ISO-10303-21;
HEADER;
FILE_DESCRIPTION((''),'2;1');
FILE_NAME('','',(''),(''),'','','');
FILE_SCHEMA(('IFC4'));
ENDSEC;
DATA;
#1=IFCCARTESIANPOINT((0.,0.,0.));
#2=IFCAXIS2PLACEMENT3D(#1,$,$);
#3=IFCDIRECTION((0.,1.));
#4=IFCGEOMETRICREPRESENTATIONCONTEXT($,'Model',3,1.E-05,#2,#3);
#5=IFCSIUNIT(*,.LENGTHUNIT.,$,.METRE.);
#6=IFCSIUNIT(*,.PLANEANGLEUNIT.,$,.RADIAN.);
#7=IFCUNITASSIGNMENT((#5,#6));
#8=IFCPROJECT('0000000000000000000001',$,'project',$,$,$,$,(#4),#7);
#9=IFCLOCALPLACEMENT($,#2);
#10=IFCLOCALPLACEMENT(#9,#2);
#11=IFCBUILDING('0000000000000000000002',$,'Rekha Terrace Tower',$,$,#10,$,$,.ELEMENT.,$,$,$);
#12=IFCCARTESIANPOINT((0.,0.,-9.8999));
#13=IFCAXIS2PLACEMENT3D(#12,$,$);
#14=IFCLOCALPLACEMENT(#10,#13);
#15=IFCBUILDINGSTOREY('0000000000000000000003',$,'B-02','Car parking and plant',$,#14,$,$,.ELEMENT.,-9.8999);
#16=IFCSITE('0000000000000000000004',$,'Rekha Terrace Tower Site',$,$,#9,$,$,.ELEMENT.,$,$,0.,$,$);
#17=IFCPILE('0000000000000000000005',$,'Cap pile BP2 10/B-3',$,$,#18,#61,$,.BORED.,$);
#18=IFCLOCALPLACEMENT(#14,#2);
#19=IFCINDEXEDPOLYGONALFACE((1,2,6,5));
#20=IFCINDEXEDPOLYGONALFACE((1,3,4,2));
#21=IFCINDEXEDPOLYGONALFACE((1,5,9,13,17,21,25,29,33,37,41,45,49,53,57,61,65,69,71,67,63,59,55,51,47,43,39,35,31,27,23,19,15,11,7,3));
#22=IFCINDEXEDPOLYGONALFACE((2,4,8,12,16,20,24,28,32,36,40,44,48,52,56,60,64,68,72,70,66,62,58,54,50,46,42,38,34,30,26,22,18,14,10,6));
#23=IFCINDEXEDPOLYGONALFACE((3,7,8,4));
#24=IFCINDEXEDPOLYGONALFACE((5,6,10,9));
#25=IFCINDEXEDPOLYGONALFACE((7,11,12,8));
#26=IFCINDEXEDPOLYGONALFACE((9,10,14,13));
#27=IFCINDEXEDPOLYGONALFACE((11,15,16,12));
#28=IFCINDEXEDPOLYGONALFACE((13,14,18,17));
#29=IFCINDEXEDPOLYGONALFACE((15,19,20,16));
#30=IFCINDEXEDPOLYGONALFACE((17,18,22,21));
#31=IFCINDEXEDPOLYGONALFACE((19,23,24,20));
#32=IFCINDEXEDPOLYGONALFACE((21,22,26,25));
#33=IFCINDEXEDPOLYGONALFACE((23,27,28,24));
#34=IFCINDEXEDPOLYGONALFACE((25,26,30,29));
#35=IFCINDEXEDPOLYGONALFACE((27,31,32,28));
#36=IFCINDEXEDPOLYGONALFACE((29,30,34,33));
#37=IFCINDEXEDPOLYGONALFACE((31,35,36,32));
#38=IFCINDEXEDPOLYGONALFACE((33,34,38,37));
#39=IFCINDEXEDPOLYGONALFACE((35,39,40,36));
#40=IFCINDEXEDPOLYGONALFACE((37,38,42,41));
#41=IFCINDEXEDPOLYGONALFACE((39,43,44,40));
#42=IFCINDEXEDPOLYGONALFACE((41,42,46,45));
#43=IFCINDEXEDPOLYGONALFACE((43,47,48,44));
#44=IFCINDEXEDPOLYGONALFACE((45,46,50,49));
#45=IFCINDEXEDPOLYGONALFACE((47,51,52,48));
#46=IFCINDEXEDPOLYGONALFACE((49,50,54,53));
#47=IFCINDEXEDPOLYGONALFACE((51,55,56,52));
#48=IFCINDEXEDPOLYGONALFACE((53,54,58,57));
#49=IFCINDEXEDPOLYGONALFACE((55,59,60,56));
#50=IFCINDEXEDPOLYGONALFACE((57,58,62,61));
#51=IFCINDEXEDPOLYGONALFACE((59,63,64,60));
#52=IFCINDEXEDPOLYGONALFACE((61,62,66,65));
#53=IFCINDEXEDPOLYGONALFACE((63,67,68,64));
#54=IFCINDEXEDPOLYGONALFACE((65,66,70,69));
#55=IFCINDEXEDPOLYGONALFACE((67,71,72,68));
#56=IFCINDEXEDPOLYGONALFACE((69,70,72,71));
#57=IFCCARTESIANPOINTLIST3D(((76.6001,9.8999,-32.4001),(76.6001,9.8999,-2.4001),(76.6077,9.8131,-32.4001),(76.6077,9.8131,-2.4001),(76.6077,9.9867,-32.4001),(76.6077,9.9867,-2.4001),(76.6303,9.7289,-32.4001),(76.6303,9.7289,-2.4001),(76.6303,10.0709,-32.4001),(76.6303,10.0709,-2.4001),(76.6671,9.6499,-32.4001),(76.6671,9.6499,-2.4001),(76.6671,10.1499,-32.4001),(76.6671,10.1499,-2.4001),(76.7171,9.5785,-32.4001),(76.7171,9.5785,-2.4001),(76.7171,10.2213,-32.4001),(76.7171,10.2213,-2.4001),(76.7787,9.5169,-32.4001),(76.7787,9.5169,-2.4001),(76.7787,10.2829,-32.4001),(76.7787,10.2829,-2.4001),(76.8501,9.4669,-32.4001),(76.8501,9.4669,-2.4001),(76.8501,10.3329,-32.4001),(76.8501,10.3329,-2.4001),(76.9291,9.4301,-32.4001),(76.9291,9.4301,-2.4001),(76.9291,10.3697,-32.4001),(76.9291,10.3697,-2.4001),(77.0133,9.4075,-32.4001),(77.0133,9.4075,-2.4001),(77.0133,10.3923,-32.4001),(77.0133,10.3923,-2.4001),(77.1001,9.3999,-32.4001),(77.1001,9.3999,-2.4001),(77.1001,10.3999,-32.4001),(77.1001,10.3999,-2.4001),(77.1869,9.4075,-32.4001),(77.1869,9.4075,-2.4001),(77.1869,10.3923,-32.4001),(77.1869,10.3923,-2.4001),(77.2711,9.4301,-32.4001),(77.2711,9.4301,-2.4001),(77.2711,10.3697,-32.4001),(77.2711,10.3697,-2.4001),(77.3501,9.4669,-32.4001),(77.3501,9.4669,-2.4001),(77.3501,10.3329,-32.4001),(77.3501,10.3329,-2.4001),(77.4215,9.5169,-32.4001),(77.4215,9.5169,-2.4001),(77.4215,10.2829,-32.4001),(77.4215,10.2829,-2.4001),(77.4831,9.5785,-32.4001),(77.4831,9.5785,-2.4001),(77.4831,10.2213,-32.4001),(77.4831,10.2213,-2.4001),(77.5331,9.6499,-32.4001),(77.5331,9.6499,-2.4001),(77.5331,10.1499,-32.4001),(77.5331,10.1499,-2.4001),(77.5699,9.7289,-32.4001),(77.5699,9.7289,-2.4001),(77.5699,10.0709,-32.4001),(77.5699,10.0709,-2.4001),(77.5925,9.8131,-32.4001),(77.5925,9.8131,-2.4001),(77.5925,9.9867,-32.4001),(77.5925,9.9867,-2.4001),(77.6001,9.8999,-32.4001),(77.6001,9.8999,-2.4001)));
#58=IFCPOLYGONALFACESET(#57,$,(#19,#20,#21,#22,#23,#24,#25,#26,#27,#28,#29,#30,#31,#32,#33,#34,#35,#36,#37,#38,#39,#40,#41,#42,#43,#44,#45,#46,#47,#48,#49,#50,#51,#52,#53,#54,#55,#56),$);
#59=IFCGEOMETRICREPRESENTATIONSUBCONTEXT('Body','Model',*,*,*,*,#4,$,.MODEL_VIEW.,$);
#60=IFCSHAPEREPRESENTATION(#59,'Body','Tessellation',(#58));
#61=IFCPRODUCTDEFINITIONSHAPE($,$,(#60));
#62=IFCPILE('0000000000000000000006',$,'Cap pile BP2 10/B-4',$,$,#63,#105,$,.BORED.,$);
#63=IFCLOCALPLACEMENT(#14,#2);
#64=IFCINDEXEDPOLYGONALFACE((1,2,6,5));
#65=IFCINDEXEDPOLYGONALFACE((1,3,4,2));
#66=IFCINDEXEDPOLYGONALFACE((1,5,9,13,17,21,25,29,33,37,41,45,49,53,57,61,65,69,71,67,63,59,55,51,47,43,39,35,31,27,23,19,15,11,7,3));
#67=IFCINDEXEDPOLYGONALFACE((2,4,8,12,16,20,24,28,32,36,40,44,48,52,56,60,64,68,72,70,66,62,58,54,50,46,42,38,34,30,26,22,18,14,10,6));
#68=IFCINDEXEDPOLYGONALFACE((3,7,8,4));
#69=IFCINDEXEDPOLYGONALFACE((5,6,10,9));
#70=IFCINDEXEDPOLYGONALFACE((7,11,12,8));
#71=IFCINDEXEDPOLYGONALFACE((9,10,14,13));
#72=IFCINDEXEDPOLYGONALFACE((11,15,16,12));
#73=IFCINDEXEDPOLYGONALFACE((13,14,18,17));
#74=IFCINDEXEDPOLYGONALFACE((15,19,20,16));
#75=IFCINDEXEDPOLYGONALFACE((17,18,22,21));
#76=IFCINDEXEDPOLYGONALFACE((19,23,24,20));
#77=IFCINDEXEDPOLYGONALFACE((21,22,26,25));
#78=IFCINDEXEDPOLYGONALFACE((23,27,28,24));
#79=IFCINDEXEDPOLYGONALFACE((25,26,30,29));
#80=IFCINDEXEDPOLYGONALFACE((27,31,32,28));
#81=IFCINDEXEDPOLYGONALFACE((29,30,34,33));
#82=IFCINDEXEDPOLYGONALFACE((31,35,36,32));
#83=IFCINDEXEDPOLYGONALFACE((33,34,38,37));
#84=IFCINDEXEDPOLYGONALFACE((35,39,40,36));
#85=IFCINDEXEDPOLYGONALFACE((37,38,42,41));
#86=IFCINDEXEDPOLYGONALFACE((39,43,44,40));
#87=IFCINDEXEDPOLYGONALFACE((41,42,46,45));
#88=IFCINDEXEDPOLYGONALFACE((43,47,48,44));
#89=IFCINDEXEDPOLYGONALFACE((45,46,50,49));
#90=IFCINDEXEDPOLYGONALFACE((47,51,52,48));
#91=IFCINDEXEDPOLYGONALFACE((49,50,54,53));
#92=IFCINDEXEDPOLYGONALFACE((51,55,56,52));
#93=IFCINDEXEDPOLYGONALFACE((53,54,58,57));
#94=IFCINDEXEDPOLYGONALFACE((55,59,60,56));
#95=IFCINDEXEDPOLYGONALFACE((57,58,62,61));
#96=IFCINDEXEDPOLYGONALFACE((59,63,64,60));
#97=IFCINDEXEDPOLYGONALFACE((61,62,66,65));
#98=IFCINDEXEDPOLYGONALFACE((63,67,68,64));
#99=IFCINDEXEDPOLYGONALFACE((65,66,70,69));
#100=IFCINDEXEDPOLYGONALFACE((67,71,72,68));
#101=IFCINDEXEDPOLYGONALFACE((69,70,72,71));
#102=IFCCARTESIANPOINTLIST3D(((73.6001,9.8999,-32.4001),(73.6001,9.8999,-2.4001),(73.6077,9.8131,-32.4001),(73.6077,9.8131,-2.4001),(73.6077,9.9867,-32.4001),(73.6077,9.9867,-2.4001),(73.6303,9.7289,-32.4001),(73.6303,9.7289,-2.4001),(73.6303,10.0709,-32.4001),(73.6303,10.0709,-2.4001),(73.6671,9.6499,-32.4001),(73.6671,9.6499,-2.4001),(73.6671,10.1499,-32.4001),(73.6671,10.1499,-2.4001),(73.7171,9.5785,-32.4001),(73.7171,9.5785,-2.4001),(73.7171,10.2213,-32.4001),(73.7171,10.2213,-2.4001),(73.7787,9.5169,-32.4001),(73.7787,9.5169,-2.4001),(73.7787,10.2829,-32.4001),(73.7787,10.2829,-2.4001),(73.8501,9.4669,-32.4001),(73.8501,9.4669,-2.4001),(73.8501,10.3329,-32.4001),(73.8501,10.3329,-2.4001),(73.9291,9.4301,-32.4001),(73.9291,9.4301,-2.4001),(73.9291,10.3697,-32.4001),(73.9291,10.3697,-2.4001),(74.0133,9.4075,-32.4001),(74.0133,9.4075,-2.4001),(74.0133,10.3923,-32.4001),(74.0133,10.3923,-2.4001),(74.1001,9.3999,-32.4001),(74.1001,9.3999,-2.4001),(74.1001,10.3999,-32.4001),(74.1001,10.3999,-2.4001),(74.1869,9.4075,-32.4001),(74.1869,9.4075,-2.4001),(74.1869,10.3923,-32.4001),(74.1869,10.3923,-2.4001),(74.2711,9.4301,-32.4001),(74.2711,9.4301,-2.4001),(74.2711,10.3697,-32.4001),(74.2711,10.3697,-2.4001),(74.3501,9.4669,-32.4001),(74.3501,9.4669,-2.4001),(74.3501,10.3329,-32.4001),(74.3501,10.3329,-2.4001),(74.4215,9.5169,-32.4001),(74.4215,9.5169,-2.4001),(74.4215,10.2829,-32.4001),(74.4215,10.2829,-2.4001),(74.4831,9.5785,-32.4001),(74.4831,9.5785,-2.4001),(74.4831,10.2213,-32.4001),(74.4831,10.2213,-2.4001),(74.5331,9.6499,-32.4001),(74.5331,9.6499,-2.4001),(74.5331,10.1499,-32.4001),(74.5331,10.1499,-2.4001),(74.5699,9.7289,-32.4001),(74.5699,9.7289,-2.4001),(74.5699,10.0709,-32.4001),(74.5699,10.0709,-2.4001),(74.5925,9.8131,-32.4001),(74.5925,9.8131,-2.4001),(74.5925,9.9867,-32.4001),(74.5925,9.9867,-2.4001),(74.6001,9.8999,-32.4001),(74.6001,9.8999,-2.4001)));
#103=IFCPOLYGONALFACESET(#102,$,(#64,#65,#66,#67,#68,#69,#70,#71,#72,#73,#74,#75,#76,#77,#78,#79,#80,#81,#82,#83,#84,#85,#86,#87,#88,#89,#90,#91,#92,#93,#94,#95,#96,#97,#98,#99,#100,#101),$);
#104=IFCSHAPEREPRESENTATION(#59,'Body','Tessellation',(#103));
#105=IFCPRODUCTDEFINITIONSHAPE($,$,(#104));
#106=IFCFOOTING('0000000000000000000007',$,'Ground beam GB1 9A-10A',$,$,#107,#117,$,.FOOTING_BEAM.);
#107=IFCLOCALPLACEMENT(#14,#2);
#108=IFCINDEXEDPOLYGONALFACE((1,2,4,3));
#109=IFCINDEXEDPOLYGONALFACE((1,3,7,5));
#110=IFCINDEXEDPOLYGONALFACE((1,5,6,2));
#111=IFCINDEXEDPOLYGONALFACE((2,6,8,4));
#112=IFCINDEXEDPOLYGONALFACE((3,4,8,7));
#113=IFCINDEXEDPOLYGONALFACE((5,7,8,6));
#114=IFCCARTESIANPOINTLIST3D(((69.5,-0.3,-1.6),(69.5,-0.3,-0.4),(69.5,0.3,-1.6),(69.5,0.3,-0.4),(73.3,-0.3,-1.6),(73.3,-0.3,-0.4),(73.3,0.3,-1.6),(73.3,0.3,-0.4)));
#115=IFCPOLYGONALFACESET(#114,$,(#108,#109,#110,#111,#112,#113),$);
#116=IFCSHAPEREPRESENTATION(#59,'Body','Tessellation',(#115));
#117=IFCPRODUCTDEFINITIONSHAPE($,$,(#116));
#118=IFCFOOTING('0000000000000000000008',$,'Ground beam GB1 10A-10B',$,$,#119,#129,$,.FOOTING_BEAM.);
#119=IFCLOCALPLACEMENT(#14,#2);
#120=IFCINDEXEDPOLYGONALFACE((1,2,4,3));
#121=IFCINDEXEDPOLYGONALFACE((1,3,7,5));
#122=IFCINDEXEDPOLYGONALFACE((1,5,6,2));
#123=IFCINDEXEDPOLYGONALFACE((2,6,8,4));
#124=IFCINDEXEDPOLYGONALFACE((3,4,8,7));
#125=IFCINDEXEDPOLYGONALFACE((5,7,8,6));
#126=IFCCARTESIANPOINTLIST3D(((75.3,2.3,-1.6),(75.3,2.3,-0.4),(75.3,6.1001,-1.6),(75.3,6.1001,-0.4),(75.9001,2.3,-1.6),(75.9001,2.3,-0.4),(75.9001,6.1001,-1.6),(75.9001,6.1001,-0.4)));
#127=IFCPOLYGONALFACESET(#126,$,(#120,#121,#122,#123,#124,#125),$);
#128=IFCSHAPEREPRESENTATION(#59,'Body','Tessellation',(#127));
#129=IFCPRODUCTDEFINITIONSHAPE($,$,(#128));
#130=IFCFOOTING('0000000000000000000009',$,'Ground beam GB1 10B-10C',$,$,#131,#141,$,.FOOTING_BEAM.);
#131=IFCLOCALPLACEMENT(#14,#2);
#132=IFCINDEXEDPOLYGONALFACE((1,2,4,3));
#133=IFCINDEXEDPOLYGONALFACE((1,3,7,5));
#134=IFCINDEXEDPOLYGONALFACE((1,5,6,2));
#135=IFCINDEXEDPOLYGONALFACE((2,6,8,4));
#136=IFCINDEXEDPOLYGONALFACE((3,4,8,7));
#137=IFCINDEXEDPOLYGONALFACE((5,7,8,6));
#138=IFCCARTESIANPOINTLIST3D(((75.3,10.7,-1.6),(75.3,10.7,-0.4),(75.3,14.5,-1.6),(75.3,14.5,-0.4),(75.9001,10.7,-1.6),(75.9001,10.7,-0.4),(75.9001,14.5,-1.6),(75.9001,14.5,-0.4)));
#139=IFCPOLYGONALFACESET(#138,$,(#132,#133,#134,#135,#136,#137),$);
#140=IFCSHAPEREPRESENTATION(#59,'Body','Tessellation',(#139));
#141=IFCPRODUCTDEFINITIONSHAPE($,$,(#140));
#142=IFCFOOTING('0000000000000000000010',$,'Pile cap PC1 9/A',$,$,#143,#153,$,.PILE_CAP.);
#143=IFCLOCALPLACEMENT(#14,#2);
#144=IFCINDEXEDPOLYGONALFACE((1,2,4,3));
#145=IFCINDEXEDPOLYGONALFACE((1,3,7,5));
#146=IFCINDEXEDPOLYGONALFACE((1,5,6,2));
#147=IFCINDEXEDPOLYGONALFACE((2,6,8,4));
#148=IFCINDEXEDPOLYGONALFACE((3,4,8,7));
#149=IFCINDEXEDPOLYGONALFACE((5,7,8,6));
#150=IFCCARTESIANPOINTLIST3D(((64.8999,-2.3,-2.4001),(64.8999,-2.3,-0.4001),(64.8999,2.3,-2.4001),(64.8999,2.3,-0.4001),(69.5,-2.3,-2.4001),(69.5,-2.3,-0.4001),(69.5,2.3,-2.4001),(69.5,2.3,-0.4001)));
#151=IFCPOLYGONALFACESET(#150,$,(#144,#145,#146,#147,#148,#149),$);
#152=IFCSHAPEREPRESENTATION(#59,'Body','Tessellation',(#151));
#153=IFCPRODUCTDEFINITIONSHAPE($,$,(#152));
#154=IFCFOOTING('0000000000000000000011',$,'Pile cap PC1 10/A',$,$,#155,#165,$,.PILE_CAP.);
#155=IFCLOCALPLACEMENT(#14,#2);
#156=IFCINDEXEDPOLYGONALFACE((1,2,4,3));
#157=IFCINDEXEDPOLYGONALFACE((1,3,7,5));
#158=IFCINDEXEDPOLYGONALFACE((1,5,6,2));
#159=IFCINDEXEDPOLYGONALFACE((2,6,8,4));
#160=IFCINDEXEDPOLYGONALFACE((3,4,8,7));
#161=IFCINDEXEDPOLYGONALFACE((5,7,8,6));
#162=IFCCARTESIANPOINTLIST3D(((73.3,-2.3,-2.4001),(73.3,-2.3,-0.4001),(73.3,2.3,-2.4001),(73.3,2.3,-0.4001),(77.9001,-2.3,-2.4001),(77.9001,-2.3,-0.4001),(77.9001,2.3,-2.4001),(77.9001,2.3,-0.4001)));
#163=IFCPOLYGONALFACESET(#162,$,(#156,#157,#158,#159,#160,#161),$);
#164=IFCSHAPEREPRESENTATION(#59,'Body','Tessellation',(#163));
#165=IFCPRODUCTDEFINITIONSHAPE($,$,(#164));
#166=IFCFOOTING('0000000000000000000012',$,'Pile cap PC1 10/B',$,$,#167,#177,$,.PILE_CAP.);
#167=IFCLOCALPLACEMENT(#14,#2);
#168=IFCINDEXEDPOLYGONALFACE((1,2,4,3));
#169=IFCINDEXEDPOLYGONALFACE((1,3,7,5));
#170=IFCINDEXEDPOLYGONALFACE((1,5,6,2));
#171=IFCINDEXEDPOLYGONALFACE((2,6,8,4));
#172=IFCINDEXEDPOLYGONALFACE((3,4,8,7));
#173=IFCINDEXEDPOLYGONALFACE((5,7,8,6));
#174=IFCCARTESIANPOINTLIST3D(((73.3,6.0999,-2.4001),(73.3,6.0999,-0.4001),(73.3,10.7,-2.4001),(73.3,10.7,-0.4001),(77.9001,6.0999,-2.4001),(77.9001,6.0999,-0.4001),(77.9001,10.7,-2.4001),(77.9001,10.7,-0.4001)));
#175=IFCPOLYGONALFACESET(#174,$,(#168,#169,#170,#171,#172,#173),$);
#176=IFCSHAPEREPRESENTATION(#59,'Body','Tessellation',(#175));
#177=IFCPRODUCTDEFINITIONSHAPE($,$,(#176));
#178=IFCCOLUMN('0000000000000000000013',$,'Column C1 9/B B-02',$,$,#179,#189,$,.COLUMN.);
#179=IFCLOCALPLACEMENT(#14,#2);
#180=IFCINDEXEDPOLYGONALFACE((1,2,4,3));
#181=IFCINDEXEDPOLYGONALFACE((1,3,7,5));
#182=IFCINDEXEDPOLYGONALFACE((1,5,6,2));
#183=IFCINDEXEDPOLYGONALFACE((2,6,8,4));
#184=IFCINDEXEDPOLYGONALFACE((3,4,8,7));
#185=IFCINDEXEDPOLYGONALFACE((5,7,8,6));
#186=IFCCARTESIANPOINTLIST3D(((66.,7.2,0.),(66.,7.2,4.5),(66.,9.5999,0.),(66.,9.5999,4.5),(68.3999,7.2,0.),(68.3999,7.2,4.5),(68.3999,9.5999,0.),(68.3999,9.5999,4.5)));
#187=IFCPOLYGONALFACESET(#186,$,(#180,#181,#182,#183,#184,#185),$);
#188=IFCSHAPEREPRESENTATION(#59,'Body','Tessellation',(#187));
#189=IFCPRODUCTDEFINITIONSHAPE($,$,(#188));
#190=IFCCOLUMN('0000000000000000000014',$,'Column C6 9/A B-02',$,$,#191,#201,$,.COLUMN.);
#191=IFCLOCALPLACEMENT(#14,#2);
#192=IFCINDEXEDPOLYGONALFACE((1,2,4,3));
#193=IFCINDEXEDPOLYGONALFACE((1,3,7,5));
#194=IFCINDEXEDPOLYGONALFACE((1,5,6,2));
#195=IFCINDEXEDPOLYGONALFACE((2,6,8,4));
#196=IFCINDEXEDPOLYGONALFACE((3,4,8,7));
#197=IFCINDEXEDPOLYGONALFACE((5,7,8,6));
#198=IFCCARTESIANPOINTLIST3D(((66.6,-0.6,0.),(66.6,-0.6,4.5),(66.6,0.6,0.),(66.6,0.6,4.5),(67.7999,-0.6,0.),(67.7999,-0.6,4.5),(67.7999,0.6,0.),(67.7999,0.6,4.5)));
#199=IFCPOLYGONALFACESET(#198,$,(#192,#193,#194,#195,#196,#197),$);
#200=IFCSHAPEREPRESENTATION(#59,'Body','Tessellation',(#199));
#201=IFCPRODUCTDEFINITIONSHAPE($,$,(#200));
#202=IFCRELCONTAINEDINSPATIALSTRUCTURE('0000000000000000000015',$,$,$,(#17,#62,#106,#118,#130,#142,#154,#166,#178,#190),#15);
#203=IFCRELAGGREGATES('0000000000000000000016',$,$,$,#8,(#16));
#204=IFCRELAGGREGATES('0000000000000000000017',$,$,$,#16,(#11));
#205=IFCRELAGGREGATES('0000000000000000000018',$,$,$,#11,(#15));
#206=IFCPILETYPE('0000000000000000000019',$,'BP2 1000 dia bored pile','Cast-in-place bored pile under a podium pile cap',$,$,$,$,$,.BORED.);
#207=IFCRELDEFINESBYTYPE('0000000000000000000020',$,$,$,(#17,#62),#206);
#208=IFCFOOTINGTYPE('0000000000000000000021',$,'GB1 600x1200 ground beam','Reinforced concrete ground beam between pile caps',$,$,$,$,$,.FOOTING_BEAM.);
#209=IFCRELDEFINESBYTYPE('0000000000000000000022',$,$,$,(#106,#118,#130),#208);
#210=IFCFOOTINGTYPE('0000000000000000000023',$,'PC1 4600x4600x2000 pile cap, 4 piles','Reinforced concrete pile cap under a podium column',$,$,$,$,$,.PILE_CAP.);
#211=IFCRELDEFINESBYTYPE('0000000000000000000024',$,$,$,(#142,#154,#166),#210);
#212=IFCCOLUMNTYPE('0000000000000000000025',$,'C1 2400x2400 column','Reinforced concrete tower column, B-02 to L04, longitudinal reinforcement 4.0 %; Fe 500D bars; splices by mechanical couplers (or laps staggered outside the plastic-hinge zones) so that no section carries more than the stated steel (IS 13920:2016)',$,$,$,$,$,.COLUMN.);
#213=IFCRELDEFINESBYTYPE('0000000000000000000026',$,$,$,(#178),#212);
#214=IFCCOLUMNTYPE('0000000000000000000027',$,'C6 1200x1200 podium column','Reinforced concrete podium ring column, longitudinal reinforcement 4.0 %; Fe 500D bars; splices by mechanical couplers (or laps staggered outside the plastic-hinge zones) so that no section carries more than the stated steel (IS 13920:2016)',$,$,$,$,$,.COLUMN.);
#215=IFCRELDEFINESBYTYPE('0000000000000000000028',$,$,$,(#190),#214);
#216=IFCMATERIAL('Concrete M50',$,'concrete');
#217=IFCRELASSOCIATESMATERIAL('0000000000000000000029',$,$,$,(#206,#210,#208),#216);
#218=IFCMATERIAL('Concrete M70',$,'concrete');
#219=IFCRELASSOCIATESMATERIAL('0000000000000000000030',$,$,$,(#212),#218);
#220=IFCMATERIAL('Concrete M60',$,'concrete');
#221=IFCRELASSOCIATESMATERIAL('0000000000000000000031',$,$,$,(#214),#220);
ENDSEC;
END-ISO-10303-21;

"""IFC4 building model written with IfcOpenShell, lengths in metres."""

from ifc_helpers import new_model, si_unit, direction, frame, origin, origin_2d, place, context, subcontext, project, spatial, rectangle, circle, extrude, material, material_profile, profile_set, type_object, element, save


model = new_model("IFC4")

# Units and contexts
model_context = context("Model", 3, precision=1e-05, world=origin(), true_north=direction((0.0, 1.0)))
body_context = subcontext(model_context, "Body", "Model", "MODEL_VIEW")
ifc_project = project(units=[si_unit("LENGTHUNIT", "METRE"), si_unit("PLANEANGLEUNIT", "RADIAN")], contexts=[model_context])

# Site, building, storey
site_placement = place(None, origin())
site = spatial("IfcSite", under=ifc_project, at=site_placement, Name="Rekha Terrace Tower Site", CompositionType="ELEMENT", RefElevation=0.0)
building_placement = place(site_placement, origin())
building = spatial("IfcBuilding", under=site, at=building_placement, Name="Rekha Terrace Tower", CompositionType="ELEMENT")
storey_placement = place(building_placement, frame((0.0, 0.0, -9.8999)))
storey = spatial("IfcBuildingStorey", under=building, at=storey_placement, Name="B-02", Description="Car parking and plant", CompositionType="ELEMENT", Elevation=-9.8999)

# Piles
ifc_material_1 = material(Name="Concrete M50", Category="concrete")
pile_type_1 = type_object("IfcPileType", Name="BP2 1000 dia bored pile", Description="Cast-in-place bored pile under a podium pile cap", PredefinedType="BORED", material=ifc_material_1)
for number, where, z_axis, x_axis, name in (
    (1, (77.1001, 9.8999, -2.4001), (0.0, 0.0, -1.0), (1.0, 0.0, 0.0), "Cap pile BP2 10/B-3"),
    (2, (74.1001, 9.8999, -2.4001), (0.0, 0.0, -1.0), (1.0, 0.0, 0.0), "Cap pile BP2 10/B-4"),
):
    element("IfcPile", number, at=place(storey_placement, frame(where, z_axis=z_axis, x_axis=x_axis)), inside=storey, type_object=pile_type_1, Name=name, PredefinedType="BORED", context=body_context, shape_type="SweptSolid", body=[
        extrude(circle(Radius=0.5, at=origin_2d()), origin(), (0.0, 0.0, 1.0), 30.0),
    ])

# Footings
ifc_material_profile_1 = material_profile(ifc_material_1, rectangle(XDim=0.6001, YDim=1.2, at=origin_2d()), Name="RC 600x1200")
ifc_profile_set_1 = profile_set([ifc_material_profile_1], Name="Concrete M50")
footing_type_1 = type_object("IfcFootingType", Name="GB1 600x1200 ground beam", Description="Reinforced concrete ground beam between pile caps", PredefinedType="FOOTING_BEAM", material=ifc_profile_set_1)
for number, where, z_axis, x_axis, name in (
    (3, (69.5, 0.0, -1.0), (1.0, 0.0, 0.0), (0.0, 1.0, 0.0), "Ground beam GB1 9A-10A"),
    (4, (75.6001, 2.3, -1.0), (0.0, 1.0, 0.0), (-1.0, 0.0, 0.0), "Ground beam GB1 10A-10B"),
    (5, (75.6001, 10.7, -1.0), (0.0, 1.0, 0.0), (-1.0, 0.0, 0.0), "Ground beam GB1 10B-10C"),
):
    element("IfcFooting", number, at=place(storey_placement, frame(where, z_axis=z_axis, x_axis=x_axis)), inside=storey, type_object=footing_type_1, Name=name, PredefinedType="FOOTING_BEAM", context=body_context, shape_type="SweptSolid", body=[
        extrude(rectangle(XDim=0.6001, YDim=1.2, at=origin_2d()), origin(), (0.0, 0.0, 1.0), 3.8),
    ])
footing_type_2 = type_object("IfcFootingType", Name="PC1 4600x4600x2000 pile cap, 4 piles", Description="Reinforced concrete pile cap under a podium column", PredefinedType="PILE_CAP", material=ifc_material_1)
for number, where, z_axis, x_axis, name in (
    (6, (67.2, 0.0, -2.4001), (0.0, 0.0, 1.0), (1.0, 0.0, 0.0), "Pile cap PC1 9/A"),
    (7, (75.6001, 0.0, -2.4001), (0.0, 0.0, 1.0), (1.0, 0.0, 0.0), "Pile cap PC1 10/A"),
    (8, (75.6001, 8.3999, -2.4001), (0.0, 0.0, 1.0), (1.0, 0.0, 0.0), "Pile cap PC1 10/B"),
):
    element("IfcFooting", number, at=place(storey_placement, frame(where, z_axis=z_axis, x_axis=x_axis)), inside=storey, type_object=footing_type_2, Name=name, PredefinedType="PILE_CAP", context=body_context, shape_type="SweptSolid", body=[
        extrude(rectangle(XDim=4.6001, YDim=4.6001, at=origin_2d()), origin(), (0.0, 0.0, 1.0), 2.0),
    ])

# Columns
ifc_material_2 = material(Name="Concrete M70", Category="concrete")
ifc_material_profile_2 = material_profile(ifc_material_2, rectangle(XDim=2.3999, YDim=2.3999, at=origin_2d()), Name="RC 2400x2400")
ifc_profile_set_2 = profile_set([ifc_material_profile_2], Name="Concrete M70")
column_type_1 = type_object("IfcColumnType", Name="C1 2400x2400 column", Description="Reinforced concrete tower column, B-02 to L04, longitudinal reinforcement 4.0 %; Fe 500D bars; splices by mechanical couplers (or laps staggered outside the plastic-hinge zones) so that no section carries more than the stated steel (IS 13920:2016)", PredefinedType="COLUMN", material=ifc_profile_set_2)
column_placement = place(storey_placement, frame((67.2, 8.3999, 0.0), z_axis=(0.0, 0.0, 1.0), x_axis=(1.0, 0.0, 0.0)))
element("IfcColumn", 9, at=column_placement, inside=storey, type_object=column_type_1, Name="Column C1 9/B B-02", PredefinedType="COLUMN", context=body_context, shape_type="SweptSolid", body=[
    extrude(rectangle(XDim=2.3999, YDim=2.3999, at=origin_2d()), origin(), (0.0, 0.0, 1.0), 4.5),
])
ifc_material_3 = material(Name="Concrete M60", Category="concrete")
ifc_material_profile_3 = material_profile(ifc_material_3, rectangle(XDim=1.2, YDim=1.2, at=origin_2d()), Name="RC 1200x1200")
ifc_profile_set_3 = profile_set([ifc_material_profile_3], Name="Concrete M60")
column_type_2 = type_object("IfcColumnType", Name="C6 1200x1200 podium column", Description="Reinforced concrete podium ring column, longitudinal reinforcement 4.0 %; Fe 500D bars; splices by mechanical couplers (or laps staggered outside the plastic-hinge zones) so that no section carries more than the stated steel (IS 13920:2016)", PredefinedType="COLUMN", material=ifc_profile_set_3)
for number, where, z_axis, x_axis, name in (
    (10, (67.2, 0.0, 0.0), (0.0, 0.0, 1.0), (1.0, 0.0, 0.0), "Column C6 9/A B-02"),
):
    element("IfcColumn", number, at=place(storey_placement, frame(where, z_axis=z_axis, x_axis=x_axis)), inside=storey, type_object=column_type_2, Name=name, PredefinedType="COLUMN", context=body_context, shape_type="SweptSolid", body=[
        extrude(rectangle(XDim=1.2, YDim=1.2, at=origin_2d()), origin(), (0.0, 0.0, 1.0), 4.5),
    ])

save(model, "model.ifc")
